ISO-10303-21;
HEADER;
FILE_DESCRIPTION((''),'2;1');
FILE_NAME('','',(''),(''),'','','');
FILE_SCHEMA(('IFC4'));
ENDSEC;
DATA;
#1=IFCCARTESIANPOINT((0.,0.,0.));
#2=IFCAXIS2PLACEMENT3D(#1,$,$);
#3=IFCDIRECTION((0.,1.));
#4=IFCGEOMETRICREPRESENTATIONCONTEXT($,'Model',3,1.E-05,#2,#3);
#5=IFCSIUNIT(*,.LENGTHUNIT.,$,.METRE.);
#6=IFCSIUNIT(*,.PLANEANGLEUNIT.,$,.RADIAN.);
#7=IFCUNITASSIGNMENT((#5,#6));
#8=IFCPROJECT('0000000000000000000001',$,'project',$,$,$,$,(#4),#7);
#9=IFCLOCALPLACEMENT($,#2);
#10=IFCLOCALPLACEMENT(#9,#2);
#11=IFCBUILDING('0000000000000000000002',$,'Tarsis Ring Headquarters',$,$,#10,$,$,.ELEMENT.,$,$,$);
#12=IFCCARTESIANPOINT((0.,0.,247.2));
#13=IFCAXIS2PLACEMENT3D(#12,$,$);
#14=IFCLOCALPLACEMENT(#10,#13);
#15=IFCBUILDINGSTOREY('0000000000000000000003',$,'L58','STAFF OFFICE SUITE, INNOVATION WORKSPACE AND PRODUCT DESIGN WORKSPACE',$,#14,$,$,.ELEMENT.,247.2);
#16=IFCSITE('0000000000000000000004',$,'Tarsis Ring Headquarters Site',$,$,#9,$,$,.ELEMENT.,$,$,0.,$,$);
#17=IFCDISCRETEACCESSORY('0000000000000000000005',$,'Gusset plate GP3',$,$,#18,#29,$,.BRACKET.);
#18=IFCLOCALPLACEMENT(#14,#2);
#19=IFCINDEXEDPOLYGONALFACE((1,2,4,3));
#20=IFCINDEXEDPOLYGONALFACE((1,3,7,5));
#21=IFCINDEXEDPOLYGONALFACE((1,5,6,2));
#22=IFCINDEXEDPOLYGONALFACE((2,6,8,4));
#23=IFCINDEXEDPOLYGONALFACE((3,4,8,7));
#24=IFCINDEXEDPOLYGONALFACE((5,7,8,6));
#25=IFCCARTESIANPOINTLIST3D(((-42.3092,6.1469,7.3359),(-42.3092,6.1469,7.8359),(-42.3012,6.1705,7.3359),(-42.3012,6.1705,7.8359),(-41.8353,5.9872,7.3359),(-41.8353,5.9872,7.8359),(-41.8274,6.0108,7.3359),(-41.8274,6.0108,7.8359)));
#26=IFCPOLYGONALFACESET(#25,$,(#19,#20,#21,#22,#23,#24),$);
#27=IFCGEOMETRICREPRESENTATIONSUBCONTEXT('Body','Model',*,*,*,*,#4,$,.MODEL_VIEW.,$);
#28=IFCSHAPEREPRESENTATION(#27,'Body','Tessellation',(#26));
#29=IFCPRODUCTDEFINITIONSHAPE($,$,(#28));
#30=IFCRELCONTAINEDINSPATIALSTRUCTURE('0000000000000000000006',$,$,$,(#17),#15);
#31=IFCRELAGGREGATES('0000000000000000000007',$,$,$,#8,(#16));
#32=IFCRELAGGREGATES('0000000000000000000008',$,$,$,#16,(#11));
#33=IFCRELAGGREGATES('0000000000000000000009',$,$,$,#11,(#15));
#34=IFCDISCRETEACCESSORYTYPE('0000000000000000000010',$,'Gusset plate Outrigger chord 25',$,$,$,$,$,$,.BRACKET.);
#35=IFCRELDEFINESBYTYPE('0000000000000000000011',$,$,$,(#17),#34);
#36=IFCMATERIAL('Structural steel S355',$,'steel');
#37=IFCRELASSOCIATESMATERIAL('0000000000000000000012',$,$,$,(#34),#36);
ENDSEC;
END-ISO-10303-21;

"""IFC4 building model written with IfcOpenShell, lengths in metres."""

from ifc_helpers import new_model, si_unit, direction, frame, origin, origin_2d, place, context, subcontext, project, spatial, rectangle, extrude, material, material_profile, profile_set, type_object, element, save


model = new_model("IFC4")

# Units and contexts
model_context = context("Model", 3, precision=1e-05, world=origin(), true_north=direction((0.0, 1.0)))
body_context = subcontext(model_context, "Body", "Model", "MODEL_VIEW")
ifc_project = project(units=[si_unit("LENGTHUNIT", "METRE"), si_unit("PLANEANGLEUNIT", "RADIAN")], contexts=[model_context])

# Site, building, storey
site_placement = place(None, origin())
site = spatial("IfcSite", under=ifc_project, at=site_placement, Name="Tarsis Ring Headquarters Site", CompositionType="ELEMENT", RefElevation=0.0)
building_placement = place(site_placement, origin())
building = spatial("IfcBuilding", under=site, at=building_placement, Name="Tarsis Ring Headquarters", CompositionType="ELEMENT")
storey_placement = place(building_placement, frame((0.0, 0.0, 247.2)))
storey = spatial("IfcBuildingStorey", under=building, at=storey_placement, Name="L58", Description="STAFF OFFICE SUITE, INNOVATION WORKSPACE AND PRODUCT DESIGN WORKSPACE", CompositionType="ELEMENT", Elevation=247.2)

# Shared definitions
ifc_material_1 = material(Name="Structural steel S355", Category="steel")

# Discrete accessory
ifc_material_profile_1 = material_profile(ifc_material_1, rectangle(XDim=0.0249, YDim=0.5, at=origin_2d()), Name="PL 25x500")
ifc_profile_set_1 = profile_set([ifc_material_profile_1], Name="Structural steel S355")
discrete_accessory_type_1 = type_object("IfcDiscreteAccessoryType", Name="Gusset plate Outrigger chord 25", PredefinedType="BRACKET", material=ifc_profile_set_1)
for number, where, z_axis, x_axis, name in (
    (1, (-42.3052, 6.1587, 7.5859), (0.947653, -0.319302, 0.0), (0.319302, 0.947653, 0.0), "Gusset plate GP3"),
):
    element("IfcDiscreteAccessory", number, at=place(storey_placement, frame(where, z_axis=z_axis, x_axis=x_axis)), inside=storey, type_object=discrete_accessory_type_1, Name=name, PredefinedType="BRACKET", context=body_context, shape_type="SweptSolid", body=[
        extrude(rectangle(XDim=0.0249, YDim=0.5, at=origin_2d()), origin(), (0.0, 0.0, 1.0), 0.5),
    ])

save(model, "model.ifc")
